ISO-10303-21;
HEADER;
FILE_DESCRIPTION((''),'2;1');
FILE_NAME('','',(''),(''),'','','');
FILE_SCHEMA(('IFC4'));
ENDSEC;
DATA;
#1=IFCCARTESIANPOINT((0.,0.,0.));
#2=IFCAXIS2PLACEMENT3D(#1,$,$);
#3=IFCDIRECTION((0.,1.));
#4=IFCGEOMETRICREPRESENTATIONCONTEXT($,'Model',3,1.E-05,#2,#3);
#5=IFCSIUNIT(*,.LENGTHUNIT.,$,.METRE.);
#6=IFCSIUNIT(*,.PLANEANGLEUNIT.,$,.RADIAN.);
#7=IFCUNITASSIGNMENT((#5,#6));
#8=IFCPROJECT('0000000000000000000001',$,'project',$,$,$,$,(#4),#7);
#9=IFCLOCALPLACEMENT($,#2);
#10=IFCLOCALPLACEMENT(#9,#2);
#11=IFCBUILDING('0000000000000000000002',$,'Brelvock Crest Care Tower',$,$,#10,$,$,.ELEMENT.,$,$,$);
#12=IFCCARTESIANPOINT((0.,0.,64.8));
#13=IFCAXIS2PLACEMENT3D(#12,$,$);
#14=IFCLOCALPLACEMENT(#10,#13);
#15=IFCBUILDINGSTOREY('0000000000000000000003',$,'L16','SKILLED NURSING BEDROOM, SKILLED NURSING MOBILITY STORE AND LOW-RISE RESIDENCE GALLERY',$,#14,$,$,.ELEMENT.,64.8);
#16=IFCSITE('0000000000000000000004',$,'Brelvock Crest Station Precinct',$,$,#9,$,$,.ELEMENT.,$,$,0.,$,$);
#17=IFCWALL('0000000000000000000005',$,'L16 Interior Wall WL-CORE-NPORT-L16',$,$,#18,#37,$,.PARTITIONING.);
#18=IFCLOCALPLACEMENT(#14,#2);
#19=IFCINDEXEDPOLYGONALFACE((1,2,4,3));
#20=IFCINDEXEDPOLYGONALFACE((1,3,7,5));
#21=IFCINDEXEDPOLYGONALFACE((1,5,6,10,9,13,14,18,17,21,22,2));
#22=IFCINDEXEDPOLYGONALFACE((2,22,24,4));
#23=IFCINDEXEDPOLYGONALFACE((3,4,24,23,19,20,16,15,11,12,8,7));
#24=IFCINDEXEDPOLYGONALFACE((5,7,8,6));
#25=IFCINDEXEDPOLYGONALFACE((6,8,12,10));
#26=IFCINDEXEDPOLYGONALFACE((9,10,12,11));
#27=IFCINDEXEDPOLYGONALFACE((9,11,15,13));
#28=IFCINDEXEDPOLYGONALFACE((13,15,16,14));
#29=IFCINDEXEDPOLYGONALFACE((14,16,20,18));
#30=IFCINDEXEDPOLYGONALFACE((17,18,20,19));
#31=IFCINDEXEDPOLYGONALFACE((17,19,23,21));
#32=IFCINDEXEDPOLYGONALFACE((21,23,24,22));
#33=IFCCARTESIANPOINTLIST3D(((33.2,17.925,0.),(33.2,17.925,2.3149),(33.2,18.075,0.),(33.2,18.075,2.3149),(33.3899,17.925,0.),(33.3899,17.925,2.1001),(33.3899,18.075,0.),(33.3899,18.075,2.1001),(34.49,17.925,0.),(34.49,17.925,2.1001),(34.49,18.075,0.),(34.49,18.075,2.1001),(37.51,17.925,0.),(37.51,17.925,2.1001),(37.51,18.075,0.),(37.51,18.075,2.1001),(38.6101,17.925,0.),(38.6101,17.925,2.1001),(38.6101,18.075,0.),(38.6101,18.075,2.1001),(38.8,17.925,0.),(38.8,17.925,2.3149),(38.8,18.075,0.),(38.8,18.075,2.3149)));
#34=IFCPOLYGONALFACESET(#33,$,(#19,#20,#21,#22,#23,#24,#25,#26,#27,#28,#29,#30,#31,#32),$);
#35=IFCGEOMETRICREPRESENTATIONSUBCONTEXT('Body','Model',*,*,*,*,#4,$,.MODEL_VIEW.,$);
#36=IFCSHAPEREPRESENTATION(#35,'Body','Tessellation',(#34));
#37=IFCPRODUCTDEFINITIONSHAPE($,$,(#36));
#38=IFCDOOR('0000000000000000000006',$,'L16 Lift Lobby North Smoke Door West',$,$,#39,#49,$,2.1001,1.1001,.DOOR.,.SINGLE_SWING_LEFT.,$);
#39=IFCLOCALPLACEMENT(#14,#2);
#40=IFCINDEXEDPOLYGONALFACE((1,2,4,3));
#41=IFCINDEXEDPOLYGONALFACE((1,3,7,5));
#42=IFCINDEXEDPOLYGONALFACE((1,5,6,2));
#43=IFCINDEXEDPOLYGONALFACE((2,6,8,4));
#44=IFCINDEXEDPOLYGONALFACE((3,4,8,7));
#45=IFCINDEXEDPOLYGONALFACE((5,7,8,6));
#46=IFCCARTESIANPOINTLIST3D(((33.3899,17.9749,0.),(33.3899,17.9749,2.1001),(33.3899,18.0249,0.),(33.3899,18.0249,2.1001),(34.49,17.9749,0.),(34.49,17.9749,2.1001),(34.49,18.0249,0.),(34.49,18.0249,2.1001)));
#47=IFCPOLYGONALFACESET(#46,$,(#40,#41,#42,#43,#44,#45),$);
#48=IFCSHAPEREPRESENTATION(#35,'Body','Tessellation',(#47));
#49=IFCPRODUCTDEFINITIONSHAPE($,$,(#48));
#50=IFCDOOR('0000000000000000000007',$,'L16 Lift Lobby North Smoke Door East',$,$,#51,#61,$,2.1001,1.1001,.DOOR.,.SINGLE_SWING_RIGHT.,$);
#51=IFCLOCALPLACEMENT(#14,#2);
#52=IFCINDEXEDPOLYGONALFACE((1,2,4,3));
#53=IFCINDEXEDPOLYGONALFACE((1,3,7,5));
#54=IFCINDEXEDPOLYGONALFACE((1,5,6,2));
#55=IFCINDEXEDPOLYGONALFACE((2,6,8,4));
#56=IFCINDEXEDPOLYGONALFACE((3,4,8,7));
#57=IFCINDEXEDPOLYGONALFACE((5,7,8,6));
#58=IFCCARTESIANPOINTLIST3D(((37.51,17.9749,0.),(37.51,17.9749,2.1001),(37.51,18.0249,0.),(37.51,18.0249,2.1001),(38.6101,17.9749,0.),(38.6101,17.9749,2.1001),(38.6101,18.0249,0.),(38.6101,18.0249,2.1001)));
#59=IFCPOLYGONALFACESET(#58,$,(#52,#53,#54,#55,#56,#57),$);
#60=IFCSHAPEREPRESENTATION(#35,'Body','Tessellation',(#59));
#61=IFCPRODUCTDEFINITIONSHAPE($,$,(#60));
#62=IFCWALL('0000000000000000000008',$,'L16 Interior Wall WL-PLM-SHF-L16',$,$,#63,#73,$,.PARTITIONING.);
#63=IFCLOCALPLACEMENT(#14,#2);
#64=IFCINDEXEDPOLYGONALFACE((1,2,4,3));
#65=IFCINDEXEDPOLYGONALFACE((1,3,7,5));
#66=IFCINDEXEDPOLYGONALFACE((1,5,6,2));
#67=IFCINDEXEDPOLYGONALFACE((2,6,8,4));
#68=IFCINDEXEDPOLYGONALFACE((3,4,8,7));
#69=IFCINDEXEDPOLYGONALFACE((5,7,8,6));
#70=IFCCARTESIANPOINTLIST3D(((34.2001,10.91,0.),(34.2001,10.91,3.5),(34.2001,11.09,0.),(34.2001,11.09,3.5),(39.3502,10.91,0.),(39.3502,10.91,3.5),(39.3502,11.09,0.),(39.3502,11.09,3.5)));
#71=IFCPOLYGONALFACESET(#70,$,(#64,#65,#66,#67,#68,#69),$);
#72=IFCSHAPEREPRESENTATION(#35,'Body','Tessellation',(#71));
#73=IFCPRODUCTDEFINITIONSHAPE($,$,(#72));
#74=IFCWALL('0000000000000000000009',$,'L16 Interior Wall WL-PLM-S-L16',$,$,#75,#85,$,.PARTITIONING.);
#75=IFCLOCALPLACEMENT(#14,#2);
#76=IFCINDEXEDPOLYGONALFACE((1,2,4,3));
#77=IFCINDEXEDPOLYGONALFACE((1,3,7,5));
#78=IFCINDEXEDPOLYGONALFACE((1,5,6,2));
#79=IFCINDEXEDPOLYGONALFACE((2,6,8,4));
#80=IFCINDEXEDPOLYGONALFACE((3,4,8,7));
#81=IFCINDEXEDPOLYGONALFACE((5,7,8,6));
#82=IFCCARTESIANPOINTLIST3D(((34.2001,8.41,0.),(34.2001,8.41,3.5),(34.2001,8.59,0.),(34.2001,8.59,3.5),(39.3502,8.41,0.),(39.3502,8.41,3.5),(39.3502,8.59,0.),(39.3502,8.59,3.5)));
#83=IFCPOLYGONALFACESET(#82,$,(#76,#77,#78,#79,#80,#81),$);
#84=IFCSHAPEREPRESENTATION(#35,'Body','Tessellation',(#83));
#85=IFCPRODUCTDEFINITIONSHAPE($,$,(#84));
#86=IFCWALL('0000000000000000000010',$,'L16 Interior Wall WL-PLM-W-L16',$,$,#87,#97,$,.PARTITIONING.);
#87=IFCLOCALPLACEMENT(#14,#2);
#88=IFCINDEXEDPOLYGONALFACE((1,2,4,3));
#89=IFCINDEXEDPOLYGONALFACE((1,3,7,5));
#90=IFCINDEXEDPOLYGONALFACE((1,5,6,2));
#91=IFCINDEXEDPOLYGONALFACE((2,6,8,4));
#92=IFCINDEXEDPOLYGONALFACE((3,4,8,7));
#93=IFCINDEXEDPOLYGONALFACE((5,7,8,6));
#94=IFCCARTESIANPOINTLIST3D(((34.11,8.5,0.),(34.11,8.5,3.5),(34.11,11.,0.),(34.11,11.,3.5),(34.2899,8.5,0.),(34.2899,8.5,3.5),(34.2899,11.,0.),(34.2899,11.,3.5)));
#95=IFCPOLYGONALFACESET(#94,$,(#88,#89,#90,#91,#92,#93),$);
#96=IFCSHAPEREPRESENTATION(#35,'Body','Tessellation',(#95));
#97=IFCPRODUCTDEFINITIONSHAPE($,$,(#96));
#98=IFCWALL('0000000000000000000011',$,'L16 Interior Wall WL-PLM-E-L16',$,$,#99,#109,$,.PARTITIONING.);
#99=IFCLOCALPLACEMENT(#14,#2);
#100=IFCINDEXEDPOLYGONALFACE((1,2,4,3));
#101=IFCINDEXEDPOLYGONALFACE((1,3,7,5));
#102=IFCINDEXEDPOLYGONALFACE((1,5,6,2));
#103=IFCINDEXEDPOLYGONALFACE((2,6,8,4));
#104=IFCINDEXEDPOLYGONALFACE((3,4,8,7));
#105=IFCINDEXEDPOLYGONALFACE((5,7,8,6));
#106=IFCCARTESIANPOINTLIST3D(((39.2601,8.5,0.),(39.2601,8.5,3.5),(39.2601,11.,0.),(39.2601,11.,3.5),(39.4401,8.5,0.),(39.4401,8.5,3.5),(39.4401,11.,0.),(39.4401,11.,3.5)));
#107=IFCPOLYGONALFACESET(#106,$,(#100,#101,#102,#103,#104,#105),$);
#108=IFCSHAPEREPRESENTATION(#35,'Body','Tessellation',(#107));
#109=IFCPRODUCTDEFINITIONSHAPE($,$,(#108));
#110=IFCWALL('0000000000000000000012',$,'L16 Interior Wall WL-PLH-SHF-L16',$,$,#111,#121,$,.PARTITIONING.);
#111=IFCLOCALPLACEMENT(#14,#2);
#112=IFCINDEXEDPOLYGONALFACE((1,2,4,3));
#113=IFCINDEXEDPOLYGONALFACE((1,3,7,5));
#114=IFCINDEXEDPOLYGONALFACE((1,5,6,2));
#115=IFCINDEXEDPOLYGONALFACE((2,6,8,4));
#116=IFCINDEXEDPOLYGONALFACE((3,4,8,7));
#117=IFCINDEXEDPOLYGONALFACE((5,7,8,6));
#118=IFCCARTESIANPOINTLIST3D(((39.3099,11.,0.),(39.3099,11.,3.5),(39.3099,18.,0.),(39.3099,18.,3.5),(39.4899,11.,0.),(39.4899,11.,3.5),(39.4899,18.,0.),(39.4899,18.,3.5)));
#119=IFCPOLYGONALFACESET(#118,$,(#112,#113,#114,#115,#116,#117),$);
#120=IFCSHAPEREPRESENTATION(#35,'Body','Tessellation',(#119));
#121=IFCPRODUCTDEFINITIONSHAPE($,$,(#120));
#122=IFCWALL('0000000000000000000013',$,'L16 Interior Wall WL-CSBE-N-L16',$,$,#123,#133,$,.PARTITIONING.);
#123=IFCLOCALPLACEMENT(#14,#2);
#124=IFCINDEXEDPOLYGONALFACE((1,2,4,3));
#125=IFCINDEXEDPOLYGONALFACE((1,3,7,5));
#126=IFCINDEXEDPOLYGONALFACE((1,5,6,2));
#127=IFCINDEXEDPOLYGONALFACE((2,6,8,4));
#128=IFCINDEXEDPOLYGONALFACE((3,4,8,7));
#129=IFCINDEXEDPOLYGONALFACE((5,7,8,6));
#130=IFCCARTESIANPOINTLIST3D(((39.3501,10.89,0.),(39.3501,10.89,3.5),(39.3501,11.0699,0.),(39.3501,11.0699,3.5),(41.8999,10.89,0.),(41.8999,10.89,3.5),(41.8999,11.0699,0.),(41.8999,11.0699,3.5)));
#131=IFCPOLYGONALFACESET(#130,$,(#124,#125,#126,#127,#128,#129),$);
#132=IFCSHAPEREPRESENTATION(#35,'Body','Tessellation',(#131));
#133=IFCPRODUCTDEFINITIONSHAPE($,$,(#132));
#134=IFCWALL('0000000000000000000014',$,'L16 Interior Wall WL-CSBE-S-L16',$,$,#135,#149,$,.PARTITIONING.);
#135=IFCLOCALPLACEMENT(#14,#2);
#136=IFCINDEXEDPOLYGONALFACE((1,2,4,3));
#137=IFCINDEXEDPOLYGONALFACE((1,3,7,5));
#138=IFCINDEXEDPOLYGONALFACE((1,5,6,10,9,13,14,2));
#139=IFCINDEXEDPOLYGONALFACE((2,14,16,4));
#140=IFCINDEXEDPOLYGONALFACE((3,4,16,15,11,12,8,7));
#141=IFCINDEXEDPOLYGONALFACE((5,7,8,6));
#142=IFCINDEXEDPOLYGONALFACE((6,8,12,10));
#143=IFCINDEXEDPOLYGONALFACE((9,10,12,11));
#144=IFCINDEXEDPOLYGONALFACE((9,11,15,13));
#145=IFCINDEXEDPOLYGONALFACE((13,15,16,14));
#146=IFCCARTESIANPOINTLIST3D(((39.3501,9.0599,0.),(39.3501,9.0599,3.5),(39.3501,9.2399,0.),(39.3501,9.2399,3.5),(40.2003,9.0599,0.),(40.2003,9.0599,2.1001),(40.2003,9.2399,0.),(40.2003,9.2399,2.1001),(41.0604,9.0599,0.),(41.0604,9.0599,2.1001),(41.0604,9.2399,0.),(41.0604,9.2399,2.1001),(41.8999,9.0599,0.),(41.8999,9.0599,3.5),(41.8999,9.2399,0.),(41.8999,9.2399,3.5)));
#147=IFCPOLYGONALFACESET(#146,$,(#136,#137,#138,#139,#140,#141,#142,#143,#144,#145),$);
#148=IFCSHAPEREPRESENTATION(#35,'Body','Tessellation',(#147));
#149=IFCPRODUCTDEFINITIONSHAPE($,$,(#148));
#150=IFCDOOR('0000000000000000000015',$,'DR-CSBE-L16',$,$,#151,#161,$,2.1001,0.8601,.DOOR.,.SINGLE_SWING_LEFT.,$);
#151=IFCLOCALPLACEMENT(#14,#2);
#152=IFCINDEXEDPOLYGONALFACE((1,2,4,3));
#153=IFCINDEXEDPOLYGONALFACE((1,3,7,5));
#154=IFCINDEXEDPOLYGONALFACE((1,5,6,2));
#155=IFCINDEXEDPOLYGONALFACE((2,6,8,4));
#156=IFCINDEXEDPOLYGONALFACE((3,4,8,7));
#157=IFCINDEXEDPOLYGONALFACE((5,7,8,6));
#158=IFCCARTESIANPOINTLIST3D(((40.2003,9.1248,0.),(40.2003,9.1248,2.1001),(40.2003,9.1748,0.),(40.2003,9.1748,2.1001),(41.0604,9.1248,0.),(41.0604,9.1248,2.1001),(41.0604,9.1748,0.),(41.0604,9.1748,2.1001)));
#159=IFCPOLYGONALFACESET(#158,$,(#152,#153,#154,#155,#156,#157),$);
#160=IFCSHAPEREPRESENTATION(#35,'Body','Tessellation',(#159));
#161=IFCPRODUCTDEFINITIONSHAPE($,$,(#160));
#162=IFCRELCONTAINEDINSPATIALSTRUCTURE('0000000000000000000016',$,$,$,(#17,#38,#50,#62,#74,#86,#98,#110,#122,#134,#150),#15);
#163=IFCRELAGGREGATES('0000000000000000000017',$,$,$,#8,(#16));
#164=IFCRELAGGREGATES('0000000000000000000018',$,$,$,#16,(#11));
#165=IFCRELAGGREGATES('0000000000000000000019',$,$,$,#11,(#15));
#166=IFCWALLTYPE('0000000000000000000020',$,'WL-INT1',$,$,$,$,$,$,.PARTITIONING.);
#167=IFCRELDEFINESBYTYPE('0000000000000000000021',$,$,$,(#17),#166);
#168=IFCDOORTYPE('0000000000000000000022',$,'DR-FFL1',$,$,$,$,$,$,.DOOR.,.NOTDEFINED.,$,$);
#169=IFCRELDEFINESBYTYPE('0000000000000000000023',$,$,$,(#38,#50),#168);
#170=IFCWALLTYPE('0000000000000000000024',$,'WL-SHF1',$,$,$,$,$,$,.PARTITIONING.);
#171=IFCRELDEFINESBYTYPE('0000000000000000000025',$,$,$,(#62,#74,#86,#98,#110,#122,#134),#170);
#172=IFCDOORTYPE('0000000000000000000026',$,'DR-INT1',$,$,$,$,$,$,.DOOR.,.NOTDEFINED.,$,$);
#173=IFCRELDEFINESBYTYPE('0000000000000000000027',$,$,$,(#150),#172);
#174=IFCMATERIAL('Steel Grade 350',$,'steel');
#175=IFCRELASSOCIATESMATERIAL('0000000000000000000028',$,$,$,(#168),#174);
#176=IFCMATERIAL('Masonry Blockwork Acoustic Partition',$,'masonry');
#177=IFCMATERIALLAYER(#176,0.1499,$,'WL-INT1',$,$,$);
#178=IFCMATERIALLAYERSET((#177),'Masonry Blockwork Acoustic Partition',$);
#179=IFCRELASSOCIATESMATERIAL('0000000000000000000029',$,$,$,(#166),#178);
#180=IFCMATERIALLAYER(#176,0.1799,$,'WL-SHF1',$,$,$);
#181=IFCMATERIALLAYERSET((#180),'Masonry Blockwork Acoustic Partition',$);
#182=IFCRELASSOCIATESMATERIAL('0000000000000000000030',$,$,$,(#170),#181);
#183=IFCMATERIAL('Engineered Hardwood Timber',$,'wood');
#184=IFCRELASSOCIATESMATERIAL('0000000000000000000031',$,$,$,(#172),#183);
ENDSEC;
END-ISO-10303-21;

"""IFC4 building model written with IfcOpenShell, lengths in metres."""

from ifc_helpers import new_model, si_unit, direction, frame, frame_2d, origin, origin_2d, place, context, subcontext, project, spatial, rectangle, extrude, source, transform, mapped, material, layer, layer_set, type_object, element, fill, save


model = new_model("IFC4")

# Units and contexts
model_context = context("Model", 3, precision=1e-05, world=origin(), true_north=direction((0.0, 1.0)))
body_context = subcontext(model_context, "Body", "Model", "MODEL_VIEW")
ifc_project = project(units=[si_unit("LENGTHUNIT", "METRE"), si_unit("PLANEANGLEUNIT", "RADIAN")], contexts=[model_context])

# Site, building, storey
site_placement = place(None, origin())
site = spatial("IfcSite", under=ifc_project, at=site_placement, Name="Brelvock Crest Station Precinct", CompositionType="ELEMENT", RefElevation=0.0)
building_placement = place(site_placement, origin())
building = spatial("IfcBuilding", under=site, at=building_placement, Name="Brelvock Crest Care Tower", CompositionType="ELEMENT")
storey_placement = place(building_placement, frame((0.0, 0.0, 64.8)))
storey = spatial("IfcBuildingStorey", under=building, at=storey_placement, Name="L16", Description="SKILLED NURSING BEDROOM, SKILLED NURSING MOBILITY STORE AND LOW-RISE RESIDENCE GALLERY", CompositionType="ELEMENT", Elevation=64.8)

# Shared definitions
ifc_material_1 = material(Name="Steel Grade 350", Category="steel")

# Shared definitions
door_type_1 = type_object("IfcDoorType", Name="DR-FFL1", OperationType="NOTDEFINED", PredefinedType="DOOR", material=ifc_material_1)
shared_shape_1 = source(origin(), body_context, "Body", "SweptSolid", [
    extrude(rectangle(XDim=1.1001, YDim=2.1001, at=origin_2d()), frame((0.55, 0.0249, 1.05), z_axis=(0.0, -1.0, 0.0), x_axis=(1.0, 0.0, 0.0)), (0.0, 0.0, 1.0), 0.05),
])

# Wall, openings, doors
ifc_material_2 = material(Name="Masonry Blockwork Acoustic Partition", Category="masonry")
ifc_layer_1 = layer(ifc_material_2, 0.1499, Name="WL-INT1")
ifc_layer_set_1 = layer_set([ifc_layer_1], Name="Masonry Blockwork Acoustic Partition")
wall_type_1 = type_object("IfcWallType", Name="WL-INT1", PredefinedType="PARTITIONING", material=ifc_layer_set_1)
wall_1_placement = place(storey_placement, frame((33.2, 18.0, 0.0), z_axis=(0.0, 0.0, 1.0), x_axis=(1.0, 0.0, 0.0)))
wall_1 = element("IfcWall", 1, at=wall_1_placement, inside=storey, type_object=wall_type_1, Name="L16 Interior Wall WL-CORE-NPORT-L16", PredefinedType="PARTITIONING", context=body_context, shape_type="SweptSolid", body=[
    extrude(rectangle(XDim=5.6001, YDim=0.1499, at=frame_2d((2.8, 0.0))), origin(), (0.0, 0.0, 1.0), 2.3149),
])
opening_1_placement = place(wall_1_placement, frame((0.1899, 0.0, 0.0)))
opening_1 = element("IfcOpeningElement", 2, at=opening_1_placement, cuts=wall_1, PredefinedType="OPENING", context=body_context, shape_type="SweptSolid", body=[
    extrude(rectangle(XDim=1.1001, YDim=2.1001, at=origin_2d()), frame((0.55, 0.085, 1.05), z_axis=(0.0, -1.0, 0.0), x_axis=(1.0, 0.0, 0.0)), (0.0, 0.0, 1.0), 0.1699),
])
opening_2_placement = place(wall_1_placement, frame((4.3101, 0.0, 0.0)))
opening_2 = element("IfcOpeningElement", 3, at=opening_2_placement, cuts=wall_1, PredefinedType="OPENING", context=body_context, shape_type="SweptSolid", body=[
    extrude(rectangle(XDim=1.1001, YDim=2.1001, at=origin_2d()), frame((0.55, 0.085, 1.05), z_axis=(0.0, -1.0, 0.0), x_axis=(1.0, 0.0, 0.0)), (0.0, 0.0, 1.0), 0.1699),
])
door_1_placement = place(opening_1_placement, origin())
door_1 = element("IfcDoor", 4, at=door_1_placement, inside=storey, type_object=door_type_1, Name="L16 Lift Lobby North Smoke Door West", OperationType="SINGLE_SWING_LEFT", OverallHeight=2.1001, OverallWidth=1.1001, PredefinedType="DOOR", context=body_context, shape_type="MappedRepresentation", body=[
    mapped(shared_shape_1, transform((0.0, 0.0, 0.0), x_axis=(1.0, 0.0, 0.0), y_axis=(0.0, 1.0, 0.0), z_axis=(0.0, 0.0, 1.0), scale=1.0)),
])
fill(opening_1, door_1)
door_2_placement = place(opening_2_placement, origin())
door_2 = element("IfcDoor", 5, at=door_2_placement, inside=storey, type_object=door_type_1, Name="L16 Lift Lobby North Smoke Door East", OperationType="SINGLE_SWING_RIGHT", OverallHeight=2.1001, OverallWidth=1.1001, PredefinedType="DOOR", context=body_context, shape_type="MappedRepresentation", body=[
    mapped(shared_shape_1, transform((0.0, 0.0, 0.0), x_axis=(1.0, 0.0, 0.0), y_axis=(0.0, 1.0, 0.0), z_axis=(0.0, 0.0, 1.0), scale=1.0)),
])
fill(opening_2, door_2)

# Walls
ifc_layer_2 = layer(ifc_material_2, 0.1799, Name="WL-SHF1")
ifc_layer_set_2 = layer_set([ifc_layer_2], Name="Masonry Blockwork Acoustic Partition")
wall_type_2 = type_object("IfcWallType", Name="WL-SHF1", PredefinedType="PARTITIONING", material=ifc_layer_set_2)
for number, where, z_axis, x_axis, name in (
    (6, (34.2, 11.0, 0.0), (0.0, 0.0, 1.0), (1.0, 0.0, 0.0), "L16 Interior Wall WL-PLM-SHF-L16"),
    (7, (34.2, 8.5, 0.0), (0.0, 0.0, 1.0), (1.0, 0.0, 0.0), "L16 Interior Wall WL-PLM-S-L16"),
):
    element("IfcWall", number, at=place(storey_placement, frame(where, z_axis=z_axis, x_axis=x_axis)), inside=storey, type_object=wall_type_2, Name=name, PredefinedType="PARTITIONING", context=body_context, shape_type="SweptSolid", body=[
        extrude(rectangle(XDim=5.1501, YDim=0.1799, at=frame_2d((2.5752, 0.0))), origin(), (0.0, 0.0, 1.0), 3.5),
    ])
for number, where, z_axis, x_axis, name in (
    (8, (34.2, 8.5, 0.0), (0.0, 0.0, 1.0), (0.0, 1.0, 0.0), "L16 Interior Wall WL-PLM-W-L16"),
    (9, (39.3501, 8.5, 0.0), (0.0, 0.0, 1.0), (0.0, 1.0, 0.0), "L16 Interior Wall WL-PLM-E-L16"),
):
    element("IfcWall", number, at=place(storey_placement, frame(where, z_axis=z_axis, x_axis=x_axis)), inside=storey, type_object=wall_type_2, Name=name, PredefinedType="PARTITIONING", context=body_context, shape_type="SweptSolid", body=[
        extrude(rectangle(XDim=2.5, YDim=0.1799, at=frame_2d((1.25, 0.0))), origin(), (0.0, 0.0, 1.0), 3.5),
    ])
wall_2_placement = place(storey_placement, frame((39.3999, 11.0, 0.0), z_axis=(0.0, 0.0, 1.0), x_axis=(0.0, 1.0, 0.0)))
element("IfcWall", 10, at=wall_2_placement, inside=storey, type_object=wall_type_2, Name="L16 Interior Wall WL-PLH-SHF-L16", PredefinedType="PARTITIONING", context=body_context, shape_type="SweptSolid", body=[
    extrude(rectangle(XDim=7.0, YDim=0.1799, at=frame_2d((3.5, 0.0))), origin(), (0.0, 0.0, 1.0), 3.5),
])
wall_3_placement = place(storey_placement, frame((39.3501, 10.98, 0.0), z_axis=(0.0, 0.0, 1.0), x_axis=(1.0, 0.0, 0.0)))
element("IfcWall", 11, at=wall_3_placement, inside=storey, type_object=wall_type_2, Name="L16 Interior Wall WL-CSBE-N-L16", PredefinedType="PARTITIONING", context=body_context, shape_type="SweptSolid", body=[
    extrude(rectangle(XDim=2.5498, YDim=0.1799, at=frame_2d((1.2749, 0.0))), origin(), (0.0, 0.0, 1.0), 3.5),
])

# Wall, opening, door
wall_4_placement = place(storey_placement, frame((39.3501, 9.1499, 0.0), z_axis=(0.0, 0.0, 1.0), x_axis=(1.0, 0.0, 0.0)))
wall_4 = element("IfcWall", 12, at=wall_4_placement, inside=storey, type_object=wall_type_2, Name="L16 Interior Wall WL-CSBE-S-L16", PredefinedType="PARTITIONING", context=body_context, shape_type="SweptSolid", body=[
    extrude(rectangle(XDim=2.5498, YDim=0.1799, at=frame_2d((1.2749, 0.0))), origin(), (0.0, 0.0, 1.0), 3.5),
])
opening_3_placement = place(wall_4_placement, frame((0.8501, 0.0, 0.0)))
opening_3 = element("IfcOpeningElement", 13, at=opening_3_placement, cuts=wall_4, PredefinedType="OPENING", context=body_context, shape_type="SweptSolid", body=[
    extrude(rectangle(XDim=0.8601, YDim=2.1001, at=origin_2d()), frame((0.4302, 0.1001, 1.05), z_axis=(0.0, -1.0, 0.0), x_axis=(1.0, 0.0, 0.0)), (0.0, 0.0, 1.0), 0.2),
])
ifc_material_3 = material(Name="Engineered Hardwood Timber", Category="wood")
door_type_2 = type_object("IfcDoorType", Name="DR-INT1", OperationType="NOTDEFINED", PredefinedType="DOOR", material=ifc_material_3)
shared_shape_2 = source(origin(), body_context, "Body", "SweptSolid", [
    extrude(rectangle(XDim=0.8601, YDim=2.1001, at=origin_2d()), frame((0.4302, 0.0249, 1.05), z_axis=(0.0, -1.0, 0.0), x_axis=(1.0, 0.0, 0.0)), (0.0, 0.0, 1.0), 0.05),
])
door_3_placement = place(opening_3_placement, origin())
door_3 = element("IfcDoor", 14, at=door_3_placement, inside=storey, type_object=door_type_2, Name="DR-CSBE-L16", OperationType="SINGLE_SWING_LEFT", OverallHeight=2.1001, OverallWidth=0.8601, PredefinedType="DOOR", context=body_context, shape_type="MappedRepresentation", body=[
    mapped(shared_shape_2, transform((0.0, 0.0, 0.0), x_axis=(1.0, 0.0, 0.0), y_axis=(0.0, 1.0, 0.0), z_axis=(0.0, 0.0, 1.0), scale=1.0)),
])
fill(opening_3, door_3)

save(model, "model.ifc")
